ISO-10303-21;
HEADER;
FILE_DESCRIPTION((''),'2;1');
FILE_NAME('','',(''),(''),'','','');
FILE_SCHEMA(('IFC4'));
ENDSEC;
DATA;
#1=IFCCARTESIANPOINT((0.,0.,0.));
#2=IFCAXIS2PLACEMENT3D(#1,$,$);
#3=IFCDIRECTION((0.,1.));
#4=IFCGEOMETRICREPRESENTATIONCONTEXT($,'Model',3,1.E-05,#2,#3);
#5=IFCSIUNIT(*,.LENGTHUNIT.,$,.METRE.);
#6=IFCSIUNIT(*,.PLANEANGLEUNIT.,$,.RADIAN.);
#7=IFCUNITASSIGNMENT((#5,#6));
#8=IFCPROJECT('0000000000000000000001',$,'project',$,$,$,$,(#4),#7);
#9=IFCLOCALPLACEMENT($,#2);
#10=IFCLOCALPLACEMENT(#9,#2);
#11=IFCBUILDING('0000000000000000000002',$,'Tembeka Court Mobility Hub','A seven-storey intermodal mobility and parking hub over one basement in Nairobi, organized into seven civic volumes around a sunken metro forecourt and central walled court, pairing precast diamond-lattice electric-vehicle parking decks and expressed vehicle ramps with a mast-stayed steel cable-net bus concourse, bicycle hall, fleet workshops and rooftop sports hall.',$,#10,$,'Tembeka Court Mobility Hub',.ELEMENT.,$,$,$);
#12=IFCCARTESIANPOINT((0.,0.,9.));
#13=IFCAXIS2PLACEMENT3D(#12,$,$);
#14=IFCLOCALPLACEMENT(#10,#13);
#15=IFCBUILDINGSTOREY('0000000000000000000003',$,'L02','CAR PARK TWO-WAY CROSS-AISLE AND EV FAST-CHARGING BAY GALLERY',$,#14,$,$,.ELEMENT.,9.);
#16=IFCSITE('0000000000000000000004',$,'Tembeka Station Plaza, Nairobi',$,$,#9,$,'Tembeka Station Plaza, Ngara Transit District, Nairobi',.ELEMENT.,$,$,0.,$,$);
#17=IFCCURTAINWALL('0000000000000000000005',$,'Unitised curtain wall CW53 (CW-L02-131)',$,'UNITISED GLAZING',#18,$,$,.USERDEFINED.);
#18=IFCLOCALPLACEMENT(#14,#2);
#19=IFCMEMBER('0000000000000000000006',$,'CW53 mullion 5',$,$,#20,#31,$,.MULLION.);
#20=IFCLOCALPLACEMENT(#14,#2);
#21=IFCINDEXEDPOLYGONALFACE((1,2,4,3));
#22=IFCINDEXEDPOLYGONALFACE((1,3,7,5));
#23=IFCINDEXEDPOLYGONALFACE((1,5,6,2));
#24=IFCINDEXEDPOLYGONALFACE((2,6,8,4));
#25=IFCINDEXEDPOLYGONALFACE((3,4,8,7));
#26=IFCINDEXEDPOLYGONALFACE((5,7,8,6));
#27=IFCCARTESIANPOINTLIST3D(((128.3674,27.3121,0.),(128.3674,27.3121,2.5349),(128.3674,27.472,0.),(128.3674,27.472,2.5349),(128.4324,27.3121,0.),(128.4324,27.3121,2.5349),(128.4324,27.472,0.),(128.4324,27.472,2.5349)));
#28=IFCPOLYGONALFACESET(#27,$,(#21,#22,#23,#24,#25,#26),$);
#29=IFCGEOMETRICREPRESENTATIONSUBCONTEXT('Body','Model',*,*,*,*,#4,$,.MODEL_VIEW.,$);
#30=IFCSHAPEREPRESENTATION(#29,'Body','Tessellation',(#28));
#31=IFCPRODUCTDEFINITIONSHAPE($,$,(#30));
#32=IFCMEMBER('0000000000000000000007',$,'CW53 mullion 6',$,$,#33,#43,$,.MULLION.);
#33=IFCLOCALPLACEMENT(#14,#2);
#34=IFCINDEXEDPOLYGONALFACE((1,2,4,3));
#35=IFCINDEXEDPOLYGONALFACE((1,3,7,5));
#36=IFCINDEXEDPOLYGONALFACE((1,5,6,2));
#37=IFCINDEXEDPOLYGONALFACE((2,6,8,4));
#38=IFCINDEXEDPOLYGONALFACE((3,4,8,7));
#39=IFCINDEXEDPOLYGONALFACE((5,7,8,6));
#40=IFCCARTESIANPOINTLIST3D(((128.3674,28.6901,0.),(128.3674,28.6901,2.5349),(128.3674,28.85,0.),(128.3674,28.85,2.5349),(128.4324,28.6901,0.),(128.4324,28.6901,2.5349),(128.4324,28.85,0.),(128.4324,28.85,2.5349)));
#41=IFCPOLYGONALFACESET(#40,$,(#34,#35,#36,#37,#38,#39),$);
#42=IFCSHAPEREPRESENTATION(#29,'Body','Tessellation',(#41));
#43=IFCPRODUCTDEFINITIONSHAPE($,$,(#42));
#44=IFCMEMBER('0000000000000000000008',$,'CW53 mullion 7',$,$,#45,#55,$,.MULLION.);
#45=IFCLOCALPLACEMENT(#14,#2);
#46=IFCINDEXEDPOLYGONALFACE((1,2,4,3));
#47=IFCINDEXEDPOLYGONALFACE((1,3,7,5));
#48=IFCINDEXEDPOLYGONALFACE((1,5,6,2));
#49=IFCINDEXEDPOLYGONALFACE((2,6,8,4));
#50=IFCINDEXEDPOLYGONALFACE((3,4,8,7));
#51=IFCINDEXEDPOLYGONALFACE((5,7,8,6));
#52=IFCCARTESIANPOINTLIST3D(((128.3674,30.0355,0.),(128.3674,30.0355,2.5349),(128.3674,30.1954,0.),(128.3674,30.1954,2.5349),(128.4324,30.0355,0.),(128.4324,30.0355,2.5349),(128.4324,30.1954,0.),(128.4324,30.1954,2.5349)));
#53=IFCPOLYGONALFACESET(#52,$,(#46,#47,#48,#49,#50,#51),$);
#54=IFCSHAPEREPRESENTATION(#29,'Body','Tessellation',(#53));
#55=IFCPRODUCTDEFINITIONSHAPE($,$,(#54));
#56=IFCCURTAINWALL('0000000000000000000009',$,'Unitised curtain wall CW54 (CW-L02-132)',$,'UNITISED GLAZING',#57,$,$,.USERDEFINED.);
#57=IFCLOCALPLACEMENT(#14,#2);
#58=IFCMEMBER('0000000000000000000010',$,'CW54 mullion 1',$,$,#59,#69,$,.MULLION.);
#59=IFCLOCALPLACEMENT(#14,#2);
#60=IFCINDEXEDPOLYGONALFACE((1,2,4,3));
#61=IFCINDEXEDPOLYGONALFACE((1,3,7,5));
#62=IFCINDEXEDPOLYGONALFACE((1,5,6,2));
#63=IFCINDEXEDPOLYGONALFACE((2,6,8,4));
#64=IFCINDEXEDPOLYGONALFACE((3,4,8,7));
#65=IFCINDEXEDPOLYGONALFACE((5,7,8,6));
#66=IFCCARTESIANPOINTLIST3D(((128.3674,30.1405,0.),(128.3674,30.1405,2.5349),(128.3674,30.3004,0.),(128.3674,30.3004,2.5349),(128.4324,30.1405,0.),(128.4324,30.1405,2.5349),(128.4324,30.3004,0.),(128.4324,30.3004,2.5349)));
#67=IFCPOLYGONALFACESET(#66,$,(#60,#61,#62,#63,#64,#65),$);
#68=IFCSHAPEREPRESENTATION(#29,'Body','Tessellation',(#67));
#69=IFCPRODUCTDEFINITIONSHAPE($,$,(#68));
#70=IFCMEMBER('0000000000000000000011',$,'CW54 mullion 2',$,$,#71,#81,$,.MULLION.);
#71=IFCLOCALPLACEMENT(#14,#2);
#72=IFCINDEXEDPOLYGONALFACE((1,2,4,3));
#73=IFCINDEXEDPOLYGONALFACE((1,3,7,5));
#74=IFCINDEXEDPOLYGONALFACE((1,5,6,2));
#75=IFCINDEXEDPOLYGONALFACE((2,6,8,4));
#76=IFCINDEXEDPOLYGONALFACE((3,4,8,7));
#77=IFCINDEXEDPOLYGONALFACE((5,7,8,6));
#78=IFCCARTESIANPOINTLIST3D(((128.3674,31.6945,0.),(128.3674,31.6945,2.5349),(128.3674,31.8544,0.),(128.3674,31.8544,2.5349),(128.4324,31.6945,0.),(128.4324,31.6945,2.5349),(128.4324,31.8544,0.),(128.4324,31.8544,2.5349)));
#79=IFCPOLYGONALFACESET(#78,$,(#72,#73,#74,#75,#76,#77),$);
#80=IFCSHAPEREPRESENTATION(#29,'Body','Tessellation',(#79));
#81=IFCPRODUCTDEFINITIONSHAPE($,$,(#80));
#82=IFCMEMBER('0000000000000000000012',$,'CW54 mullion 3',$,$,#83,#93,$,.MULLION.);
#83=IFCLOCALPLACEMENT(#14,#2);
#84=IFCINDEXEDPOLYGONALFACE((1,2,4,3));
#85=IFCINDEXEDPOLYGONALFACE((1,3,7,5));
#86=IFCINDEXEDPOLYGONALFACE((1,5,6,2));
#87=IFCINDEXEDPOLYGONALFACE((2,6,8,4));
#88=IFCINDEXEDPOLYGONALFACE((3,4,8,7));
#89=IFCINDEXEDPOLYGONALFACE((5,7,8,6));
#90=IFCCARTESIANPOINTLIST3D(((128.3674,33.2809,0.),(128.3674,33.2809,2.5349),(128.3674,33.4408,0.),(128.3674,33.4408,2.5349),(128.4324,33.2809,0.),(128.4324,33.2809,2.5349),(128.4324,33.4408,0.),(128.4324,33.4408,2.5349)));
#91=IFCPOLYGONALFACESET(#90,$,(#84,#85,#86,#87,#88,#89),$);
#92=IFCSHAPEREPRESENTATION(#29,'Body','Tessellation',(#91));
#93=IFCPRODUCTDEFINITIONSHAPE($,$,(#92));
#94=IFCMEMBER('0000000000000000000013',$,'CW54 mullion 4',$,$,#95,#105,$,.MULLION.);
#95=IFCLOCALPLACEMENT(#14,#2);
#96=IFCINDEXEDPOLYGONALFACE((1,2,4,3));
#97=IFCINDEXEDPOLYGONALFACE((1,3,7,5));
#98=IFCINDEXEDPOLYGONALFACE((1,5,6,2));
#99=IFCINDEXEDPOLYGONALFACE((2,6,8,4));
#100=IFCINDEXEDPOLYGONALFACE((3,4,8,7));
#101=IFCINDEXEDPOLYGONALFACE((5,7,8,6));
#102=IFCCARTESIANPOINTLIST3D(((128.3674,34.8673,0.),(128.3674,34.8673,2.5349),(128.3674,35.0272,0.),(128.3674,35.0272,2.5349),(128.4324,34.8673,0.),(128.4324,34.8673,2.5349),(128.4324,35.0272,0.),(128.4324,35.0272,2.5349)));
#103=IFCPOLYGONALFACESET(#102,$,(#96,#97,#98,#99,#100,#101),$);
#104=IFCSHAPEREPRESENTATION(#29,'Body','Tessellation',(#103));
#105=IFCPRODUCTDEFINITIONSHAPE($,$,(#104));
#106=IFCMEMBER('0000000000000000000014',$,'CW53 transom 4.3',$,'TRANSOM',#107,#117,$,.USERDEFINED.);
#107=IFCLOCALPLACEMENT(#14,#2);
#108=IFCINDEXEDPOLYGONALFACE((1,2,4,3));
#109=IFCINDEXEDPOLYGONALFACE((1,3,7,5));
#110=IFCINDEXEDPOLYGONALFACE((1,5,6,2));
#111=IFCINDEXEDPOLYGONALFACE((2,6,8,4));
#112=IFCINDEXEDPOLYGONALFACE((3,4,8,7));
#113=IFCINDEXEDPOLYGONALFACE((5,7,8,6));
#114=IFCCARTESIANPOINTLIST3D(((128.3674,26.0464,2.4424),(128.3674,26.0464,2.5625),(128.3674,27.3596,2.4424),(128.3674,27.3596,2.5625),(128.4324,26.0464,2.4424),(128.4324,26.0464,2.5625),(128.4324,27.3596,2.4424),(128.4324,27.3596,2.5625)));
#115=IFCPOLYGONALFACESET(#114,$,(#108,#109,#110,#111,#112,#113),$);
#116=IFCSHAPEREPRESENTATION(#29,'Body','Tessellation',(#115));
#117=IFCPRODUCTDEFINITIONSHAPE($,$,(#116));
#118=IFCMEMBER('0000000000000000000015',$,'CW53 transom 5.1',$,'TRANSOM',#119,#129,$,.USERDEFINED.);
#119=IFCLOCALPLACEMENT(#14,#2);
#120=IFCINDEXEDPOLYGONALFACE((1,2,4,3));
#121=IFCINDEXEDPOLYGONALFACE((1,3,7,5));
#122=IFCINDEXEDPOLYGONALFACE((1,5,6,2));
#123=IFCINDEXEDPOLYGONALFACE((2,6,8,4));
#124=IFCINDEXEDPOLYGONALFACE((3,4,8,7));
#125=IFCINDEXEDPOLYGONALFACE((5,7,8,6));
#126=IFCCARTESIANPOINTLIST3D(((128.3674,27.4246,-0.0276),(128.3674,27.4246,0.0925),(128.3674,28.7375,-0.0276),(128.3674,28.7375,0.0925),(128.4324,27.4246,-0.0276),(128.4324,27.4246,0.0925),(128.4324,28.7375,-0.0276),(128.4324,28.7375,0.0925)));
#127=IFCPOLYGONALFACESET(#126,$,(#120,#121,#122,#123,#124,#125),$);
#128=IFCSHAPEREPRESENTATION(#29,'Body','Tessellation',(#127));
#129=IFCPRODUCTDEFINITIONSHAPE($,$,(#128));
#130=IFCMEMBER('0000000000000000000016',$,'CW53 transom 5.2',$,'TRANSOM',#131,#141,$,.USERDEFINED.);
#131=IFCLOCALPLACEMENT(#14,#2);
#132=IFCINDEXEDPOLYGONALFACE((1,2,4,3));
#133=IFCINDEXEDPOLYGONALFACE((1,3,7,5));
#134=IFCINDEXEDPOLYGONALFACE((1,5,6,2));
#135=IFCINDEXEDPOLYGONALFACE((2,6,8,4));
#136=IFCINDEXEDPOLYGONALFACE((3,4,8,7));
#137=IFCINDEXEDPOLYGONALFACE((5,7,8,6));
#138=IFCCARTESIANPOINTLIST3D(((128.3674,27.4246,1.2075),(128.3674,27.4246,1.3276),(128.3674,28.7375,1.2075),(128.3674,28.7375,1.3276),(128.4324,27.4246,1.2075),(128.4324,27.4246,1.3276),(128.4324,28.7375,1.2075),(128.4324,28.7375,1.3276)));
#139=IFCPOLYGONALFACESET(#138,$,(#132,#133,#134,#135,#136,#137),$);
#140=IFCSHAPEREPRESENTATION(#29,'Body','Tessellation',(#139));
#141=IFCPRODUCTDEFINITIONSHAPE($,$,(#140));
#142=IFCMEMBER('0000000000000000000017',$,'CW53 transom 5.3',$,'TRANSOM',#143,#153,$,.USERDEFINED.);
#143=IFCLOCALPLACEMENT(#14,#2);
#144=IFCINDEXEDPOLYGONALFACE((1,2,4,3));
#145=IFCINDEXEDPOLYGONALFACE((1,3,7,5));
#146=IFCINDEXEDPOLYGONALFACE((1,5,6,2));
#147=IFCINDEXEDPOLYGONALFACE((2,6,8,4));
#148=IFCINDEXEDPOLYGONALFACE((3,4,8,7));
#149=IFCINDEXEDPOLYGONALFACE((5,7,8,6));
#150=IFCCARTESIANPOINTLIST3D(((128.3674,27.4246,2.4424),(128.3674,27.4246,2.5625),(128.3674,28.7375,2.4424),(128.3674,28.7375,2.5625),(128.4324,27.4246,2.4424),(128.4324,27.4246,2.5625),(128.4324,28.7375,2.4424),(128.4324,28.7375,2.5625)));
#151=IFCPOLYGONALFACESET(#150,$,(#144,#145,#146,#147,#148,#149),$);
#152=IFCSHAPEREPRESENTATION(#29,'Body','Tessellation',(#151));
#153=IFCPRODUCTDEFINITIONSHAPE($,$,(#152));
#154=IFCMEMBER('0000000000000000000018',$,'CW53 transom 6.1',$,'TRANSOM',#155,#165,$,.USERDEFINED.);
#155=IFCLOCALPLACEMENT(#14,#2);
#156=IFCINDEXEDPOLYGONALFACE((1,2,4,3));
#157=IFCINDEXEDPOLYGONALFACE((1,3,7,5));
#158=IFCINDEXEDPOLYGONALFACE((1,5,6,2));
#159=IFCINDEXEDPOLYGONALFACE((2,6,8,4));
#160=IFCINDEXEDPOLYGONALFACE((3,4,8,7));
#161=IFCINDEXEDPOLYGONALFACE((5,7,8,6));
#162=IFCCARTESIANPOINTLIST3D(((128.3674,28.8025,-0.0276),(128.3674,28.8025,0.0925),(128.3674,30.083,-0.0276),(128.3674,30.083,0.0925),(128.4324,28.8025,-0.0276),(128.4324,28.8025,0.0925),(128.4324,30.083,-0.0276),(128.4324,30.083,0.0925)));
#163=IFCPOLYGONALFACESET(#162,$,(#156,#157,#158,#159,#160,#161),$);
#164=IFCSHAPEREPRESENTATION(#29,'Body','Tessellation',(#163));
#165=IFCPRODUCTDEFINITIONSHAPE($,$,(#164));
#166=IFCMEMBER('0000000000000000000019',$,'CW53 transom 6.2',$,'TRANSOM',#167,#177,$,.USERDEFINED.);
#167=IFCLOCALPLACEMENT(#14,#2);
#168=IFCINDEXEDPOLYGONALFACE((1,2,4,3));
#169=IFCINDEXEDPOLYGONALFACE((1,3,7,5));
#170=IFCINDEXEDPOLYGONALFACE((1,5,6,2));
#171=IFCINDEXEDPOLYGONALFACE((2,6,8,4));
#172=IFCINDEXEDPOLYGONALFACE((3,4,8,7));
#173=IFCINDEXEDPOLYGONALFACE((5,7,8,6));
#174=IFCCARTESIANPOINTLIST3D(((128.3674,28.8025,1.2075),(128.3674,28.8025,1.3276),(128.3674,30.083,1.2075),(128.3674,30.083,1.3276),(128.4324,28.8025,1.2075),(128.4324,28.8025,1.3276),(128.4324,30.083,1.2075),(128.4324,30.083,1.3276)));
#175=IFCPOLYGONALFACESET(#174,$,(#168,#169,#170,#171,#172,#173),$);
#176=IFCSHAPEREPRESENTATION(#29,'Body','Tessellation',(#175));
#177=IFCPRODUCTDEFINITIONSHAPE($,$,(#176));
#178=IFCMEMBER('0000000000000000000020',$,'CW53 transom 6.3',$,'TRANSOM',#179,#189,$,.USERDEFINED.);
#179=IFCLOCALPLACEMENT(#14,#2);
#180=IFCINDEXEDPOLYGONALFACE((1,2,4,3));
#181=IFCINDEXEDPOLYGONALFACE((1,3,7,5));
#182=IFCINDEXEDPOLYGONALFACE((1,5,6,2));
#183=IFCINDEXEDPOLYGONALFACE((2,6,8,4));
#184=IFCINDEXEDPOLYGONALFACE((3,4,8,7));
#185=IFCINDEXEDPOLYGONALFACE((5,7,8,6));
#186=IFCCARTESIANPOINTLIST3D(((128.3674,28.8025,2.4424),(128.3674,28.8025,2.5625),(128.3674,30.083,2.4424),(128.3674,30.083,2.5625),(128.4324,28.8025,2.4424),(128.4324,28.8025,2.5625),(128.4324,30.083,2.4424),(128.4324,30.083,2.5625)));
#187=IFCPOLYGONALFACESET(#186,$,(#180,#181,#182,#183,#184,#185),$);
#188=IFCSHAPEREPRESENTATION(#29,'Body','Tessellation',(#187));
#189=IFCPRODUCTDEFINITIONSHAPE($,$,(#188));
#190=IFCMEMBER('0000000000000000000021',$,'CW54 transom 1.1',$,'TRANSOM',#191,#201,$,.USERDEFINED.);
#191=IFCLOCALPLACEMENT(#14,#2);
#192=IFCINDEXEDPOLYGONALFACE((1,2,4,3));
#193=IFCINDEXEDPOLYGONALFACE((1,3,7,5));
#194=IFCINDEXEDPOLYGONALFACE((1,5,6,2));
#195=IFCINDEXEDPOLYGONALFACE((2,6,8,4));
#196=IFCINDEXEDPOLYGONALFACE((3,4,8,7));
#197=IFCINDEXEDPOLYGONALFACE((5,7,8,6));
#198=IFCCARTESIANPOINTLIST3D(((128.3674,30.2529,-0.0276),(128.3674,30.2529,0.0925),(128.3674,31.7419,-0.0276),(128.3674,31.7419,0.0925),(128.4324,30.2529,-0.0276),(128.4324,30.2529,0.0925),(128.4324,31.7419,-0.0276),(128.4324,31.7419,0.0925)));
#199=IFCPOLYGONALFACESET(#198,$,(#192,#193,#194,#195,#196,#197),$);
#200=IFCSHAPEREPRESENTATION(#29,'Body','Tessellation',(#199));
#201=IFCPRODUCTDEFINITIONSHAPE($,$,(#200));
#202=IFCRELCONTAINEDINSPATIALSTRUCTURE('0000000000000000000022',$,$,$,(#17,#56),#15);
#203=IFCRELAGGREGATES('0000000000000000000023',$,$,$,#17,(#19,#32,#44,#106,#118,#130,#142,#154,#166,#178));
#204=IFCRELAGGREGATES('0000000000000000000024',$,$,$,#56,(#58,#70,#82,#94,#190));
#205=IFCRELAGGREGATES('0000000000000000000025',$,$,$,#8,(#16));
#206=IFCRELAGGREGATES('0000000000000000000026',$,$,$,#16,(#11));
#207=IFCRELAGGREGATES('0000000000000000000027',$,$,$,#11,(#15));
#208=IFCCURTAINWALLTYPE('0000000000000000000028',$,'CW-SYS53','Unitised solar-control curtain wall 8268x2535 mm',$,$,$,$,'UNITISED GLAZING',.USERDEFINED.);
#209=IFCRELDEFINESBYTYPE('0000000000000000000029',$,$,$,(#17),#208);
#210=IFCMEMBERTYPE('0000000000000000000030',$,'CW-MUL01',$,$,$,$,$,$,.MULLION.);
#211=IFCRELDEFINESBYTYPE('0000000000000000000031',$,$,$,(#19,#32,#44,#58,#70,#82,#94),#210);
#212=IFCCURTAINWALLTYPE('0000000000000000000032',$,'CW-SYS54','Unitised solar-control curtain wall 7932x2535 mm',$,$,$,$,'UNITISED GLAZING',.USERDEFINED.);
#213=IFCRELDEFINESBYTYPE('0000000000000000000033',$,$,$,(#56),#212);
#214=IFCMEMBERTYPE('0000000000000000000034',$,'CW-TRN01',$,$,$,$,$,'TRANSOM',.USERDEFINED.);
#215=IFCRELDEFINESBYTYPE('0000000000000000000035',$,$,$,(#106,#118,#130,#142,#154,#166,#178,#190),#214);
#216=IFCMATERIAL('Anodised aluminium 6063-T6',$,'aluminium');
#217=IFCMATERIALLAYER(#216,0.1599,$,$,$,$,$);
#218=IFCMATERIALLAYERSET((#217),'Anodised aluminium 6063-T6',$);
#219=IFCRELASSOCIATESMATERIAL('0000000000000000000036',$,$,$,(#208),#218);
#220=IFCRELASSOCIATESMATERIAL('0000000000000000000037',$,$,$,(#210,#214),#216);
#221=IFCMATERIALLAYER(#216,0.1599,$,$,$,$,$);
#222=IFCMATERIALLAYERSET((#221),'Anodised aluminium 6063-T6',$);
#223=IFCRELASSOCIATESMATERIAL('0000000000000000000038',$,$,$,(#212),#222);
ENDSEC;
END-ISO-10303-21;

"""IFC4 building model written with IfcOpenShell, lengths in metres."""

from ifc_helpers import new_model, si_unit, direction, frame, origin, origin_2d, place, context, subcontext, project, spatial, rectangle, extrude, material, layer, layer_set, material_profile, profile_set, type_object, element, aggregate, save


model = new_model("IFC4")

# Units and contexts
model_context = context("Model", 3, precision=1e-05, world=origin(), true_north=direction((0.0, 1.0)))
body_context = subcontext(model_context, "Body", "Model", "MODEL_VIEW")
ifc_project = project(units=[si_unit("LENGTHUNIT", "METRE"), si_unit("PLANEANGLEUNIT", "RADIAN")], contexts=[model_context])

# Site, building, storey
site_placement = place(None, origin())
site = spatial("IfcSite", under=ifc_project, at=site_placement, Name="Tembeka Station Plaza, Nairobi", LongName="Tembeka Station Plaza, Ngara Transit District, Nairobi", CompositionType="ELEMENT", RefElevation=0.0)
building_placement = place(site_placement, origin())
building = spatial("IfcBuilding", under=site, at=building_placement, Name="Tembeka Court Mobility Hub", Description="A seven-storey intermodal mobility and parking hub over one basement in Nairobi, organized into seven civic volumes around a sunken metro forecourt and central walled court, pairing precast diamond-lattice electric-vehicle parking decks and expressed vehicle ramps with a mast-stayed steel cable-net bus concourse, bicycle hall, fleet workshops and rooftop sports hall.", LongName="Tembeka Court Mobility Hub", CompositionType="ELEMENT")
storey_placement = place(building_placement, frame((0.0, 0.0, 9.0)))
storey = spatial("IfcBuildingStorey", under=building, at=storey_placement, Name="L02", Description="CAR PARK TWO-WAY CROSS-AISLE AND EV FAST-CHARGING BAY GALLERY", CompositionType="ELEMENT", Elevation=9.0)

# Curtain walls, members
ifc_material_1 = material(Name="Anodised aluminium 6063-T6", Category="aluminium")
ifc_layer_1 = layer(ifc_material_1, 0.1599)
ifc_layer_set_1 = layer_set([ifc_layer_1], Name="Anodised aluminium 6063-T6")
curtain_wall_type_1 = type_object("IfcCurtainWallType", Name="CW-SYS53", Description="Unitised solar-control curtain wall 8268x2535 mm", ElementType="UNITISED GLAZING", PredefinedType="USERDEFINED", material=ifc_layer_set_1)
curtain_wall_1_placement = place(storey_placement, origin())
curtain_wall_1 = element("IfcCurtainWall", 1, at=curtain_wall_1_placement, inside=storey, type_object=curtain_wall_type_1, Name="Unitised curtain wall CW53 (CW-L02-131)", ObjectType="UNITISED GLAZING", PredefinedType="USERDEFINED")
ifc_material_profile_1 = material_profile(ifc_material_1, rectangle(XDim=0.0649, YDim=0.1599, at=origin_2d()), Name="ALU-MUL 65x160")
ifc_profile_set_1 = profile_set([ifc_material_profile_1], Name="Anodised aluminium 6063-T6")
member_type_1 = type_object("IfcMemberType", Name="CW-MUL01", PredefinedType="MULLION", material=ifc_profile_set_1)
member_1_placement = place(storey_placement, frame((128.3999, 27.3921, 0.0), z_axis=(0.0, 0.0, 1.0), x_axis=(-1.0, 0.0, 0.0)))
member_1 = element("IfcMember", 2, at=member_1_placement, type_object=member_type_1, Name="CW53 mullion 5", PredefinedType="MULLION", context=body_context, shape_type="SweptSolid", body=[
    extrude(rectangle(XDim=0.0649, YDim=0.1599, at=origin_2d()), origin(), (0.0, 0.0, 1.0), 2.5349),
])
member_2_placement = place(storey_placement, frame((128.3999, 28.77, 0.0), z_axis=(0.0, 0.0, 1.0), x_axis=(-1.0, 0.0, 0.0)))
member_2 = element("IfcMember", 3, at=member_2_placement, type_object=member_type_1, Name="CW53 mullion 6", PredefinedType="MULLION", context=body_context, shape_type="SweptSolid", body=[
    extrude(rectangle(XDim=0.0649, YDim=0.1599, at=origin_2d()), origin(), (0.0, 0.0, 1.0), 2.5349),
])
member_3_placement = place(storey_placement, frame((128.3999, 30.1155, 0.0), z_axis=(0.0, 0.0, 1.0), x_axis=(-1.0, 0.0, 0.0)))
member_3 = element("IfcMember", 4, at=member_3_placement, type_object=member_type_1, Name="CW53 mullion 7", PredefinedType="MULLION", context=body_context, shape_type="SweptSolid", body=[
    extrude(rectangle(XDim=0.0649, YDim=0.1599, at=origin_2d()), origin(), (0.0, 0.0, 1.0), 2.5349),
])
ifc_layer_2 = layer(ifc_material_1, 0.1599)
ifc_layer_set_2 = layer_set([ifc_layer_2], Name="Anodised aluminium 6063-T6")
curtain_wall_type_2 = type_object("IfcCurtainWallType", Name="CW-SYS54", Description="Unitised solar-control curtain wall 7932x2535 mm", ElementType="UNITISED GLAZING", PredefinedType="USERDEFINED", material=ifc_layer_set_2)
curtain_wall_2_placement = place(storey_placement, origin())
curtain_wall_2 = element("IfcCurtainWall", 5, at=curtain_wall_2_placement, inside=storey, type_object=curtain_wall_type_2, Name="Unitised curtain wall CW54 (CW-L02-132)", ObjectType="UNITISED GLAZING", PredefinedType="USERDEFINED")
member_4_placement = place(storey_placement, frame((128.3999, 30.2205, 0.0), z_axis=(0.0, 0.0, 1.0), x_axis=(-1.0, 0.0, 0.0)))
member_4 = element("IfcMember", 6, at=member_4_placement, type_object=member_type_1, Name="CW54 mullion 1", PredefinedType="MULLION", context=body_context, shape_type="SweptSolid", body=[
    extrude(rectangle(XDim=0.0649, YDim=0.1599, at=origin_2d()), origin(), (0.0, 0.0, 1.0), 2.5349),
])
member_5_placement = place(storey_placement, frame((128.3999, 31.7744, 0.0), z_axis=(0.0, 0.0, 1.0), x_axis=(-1.0, 0.0, 0.0)))
member_5 = element("IfcMember", 7, at=member_5_placement, type_object=member_type_1, Name="CW54 mullion 2", PredefinedType="MULLION", context=body_context, shape_type="SweptSolid", body=[
    extrude(rectangle(XDim=0.0649, YDim=0.1599, at=origin_2d()), origin(), (0.0, 0.0, 1.0), 2.5349),
])
member_6_placement = place(storey_placement, frame((128.3999, 33.3608, 0.0), z_axis=(0.0, 0.0, 1.0), x_axis=(-1.0, 0.0, 0.0)))
member_6 = element("IfcMember", 8, at=member_6_placement, type_object=member_type_1, Name="CW54 mullion 3", PredefinedType="MULLION", context=body_context, shape_type="SweptSolid", body=[
    extrude(rectangle(XDim=0.0649, YDim=0.1599, at=origin_2d()), origin(), (0.0, 0.0, 1.0), 2.5349),
])
member_7_placement = place(storey_placement, frame((128.3999, 34.9473, 0.0), z_axis=(0.0, 0.0, 1.0), x_axis=(-1.0, 0.0, 0.0)))
member_7 = element("IfcMember", 9, at=member_7_placement, type_object=member_type_1, Name="CW54 mullion 4", PredefinedType="MULLION", context=body_context, shape_type="SweptSolid", body=[
    extrude(rectangle(XDim=0.0649, YDim=0.1599, at=origin_2d()), origin(), (0.0, 0.0, 1.0), 2.5349),
])

# Members
ifc_material_profile_2 = material_profile(ifc_material_1, rectangle(XDim=0.0649, YDim=0.1201, at=origin_2d()), Name="ALU-TRN 65x120")
ifc_profile_set_2 = profile_set([ifc_material_profile_2], Name="Anodised aluminium 6063-T6")
member_type_2 = type_object("IfcMemberType", Name="CW-TRN01", ElementType="TRANSOM", PredefinedType="USERDEFINED", material=ifc_profile_set_2)
member_8_placement = place(storey_placement, frame((128.3999, 26.0464, 2.5024), z_axis=(0.0, 1.0, 0.0), x_axis=(-1.0, 0.0, 0.0)))
member_8 = element("IfcMember", 10, at=member_8_placement, type_object=member_type_2, Name="CW53 transom 4.3", ObjectType="TRANSOM", PredefinedType="USERDEFINED", context=body_context, shape_type="SweptSolid", body=[
    extrude(rectangle(XDim=0.0649, YDim=0.1201, at=origin_2d()), origin(), (0.0, 0.0, 1.0), 1.3132),
])
member_9_placement = place(storey_placement, frame((128.3999, 27.4246, 0.0325), z_axis=(0.0, 1.0, 0.0), x_axis=(-1.0, 0.0, 0.0)))
member_9 = element("IfcMember", 11, at=member_9_placement, type_object=member_type_2, Name="CW53 transom 5.1", ObjectType="TRANSOM", PredefinedType="USERDEFINED", context=body_context, shape_type="SweptSolid", body=[
    extrude(rectangle(XDim=0.0649, YDim=0.1201, at=origin_2d()), origin(), (0.0, 0.0, 1.0), 1.313),
])
member_10_placement = place(storey_placement, frame((128.3999, 27.4246, 1.2676), z_axis=(0.0, 1.0, 0.0), x_axis=(-1.0, 0.0, 0.0)))
member_10 = element("IfcMember", 12, at=member_10_placement, type_object=member_type_2, Name="CW53 transom 5.2", ObjectType="TRANSOM", PredefinedType="USERDEFINED", context=body_context, shape_type="SweptSolid", body=[
    extrude(rectangle(XDim=0.0649, YDim=0.1201, at=origin_2d()), origin(), (0.0, 0.0, 1.0), 1.313),
])
member_11_placement = place(storey_placement, frame((128.3999, 27.4246, 2.5024), z_axis=(0.0, 1.0, 0.0), x_axis=(-1.0, 0.0, 0.0)))
member_11 = element("IfcMember", 13, at=member_11_placement, type_object=member_type_2, Name="CW53 transom 5.3", ObjectType="TRANSOM", PredefinedType="USERDEFINED", context=body_context, shape_type="SweptSolid", body=[
    extrude(rectangle(XDim=0.0649, YDim=0.1201, at=origin_2d()), origin(), (0.0, 0.0, 1.0), 1.313),
])
member_12_placement = place(storey_placement, frame((128.3999, 28.8025, 0.0325), z_axis=(0.0, 1.0, 0.0), x_axis=(-1.0, 0.0, 0.0)))
member_12 = element("IfcMember", 14, at=member_12_placement, type_object=member_type_2, Name="CW53 transom 6.1", ObjectType="TRANSOM", PredefinedType="USERDEFINED", context=body_context, shape_type="SweptSolid", body=[
    extrude(rectangle(XDim=0.0649, YDim=0.1201, at=origin_2d()), origin(), (0.0, 0.0, 1.0), 1.2805),
])
member_13_placement = place(storey_placement, frame((128.3999, 28.8025, 1.2676), z_axis=(0.0, 1.0, 0.0), x_axis=(-1.0, 0.0, 0.0)))
member_13 = element("IfcMember", 15, at=member_13_placement, type_object=member_type_2, Name="CW53 transom 6.2", ObjectType="TRANSOM", PredefinedType="USERDEFINED", context=body_context, shape_type="SweptSolid", body=[
    extrude(rectangle(XDim=0.0649, YDim=0.1201, at=origin_2d()), origin(), (0.0, 0.0, 1.0), 1.2805),
])
member_14_placement = place(storey_placement, frame((128.3999, 28.8025, 2.5024), z_axis=(0.0, 1.0, 0.0), x_axis=(-1.0, 0.0, 0.0)))
member_14 = element("IfcMember", 16, at=member_14_placement, type_object=member_type_2, Name="CW53 transom 6.3", ObjectType="TRANSOM", PredefinedType="USERDEFINED", context=body_context, shape_type="SweptSolid", body=[
    extrude(rectangle(XDim=0.0649, YDim=0.1201, at=origin_2d()), origin(), (0.0, 0.0, 1.0), 1.2805),
])
member_15_placement = place(storey_placement, frame((128.3999, 30.2529, 0.0325), z_axis=(0.0, 1.0, 0.0), x_axis=(-1.0, 0.0, 0.0)))
member_15 = element("IfcMember", 17, at=member_15_placement, type_object=member_type_2, Name="CW54 transom 1.1", ObjectType="TRANSOM", PredefinedType="USERDEFINED", context=body_context, shape_type="SweptSolid", body=[
    extrude(rectangle(XDim=0.0649, YDim=0.1201, at=origin_2d()), origin(), (0.0, 0.0, 1.0), 1.489),
])

aggregate(curtain_wall_1, [member_1, member_2, member_3, member_8, member_9, member_10, member_11, member_12, member_13, member_14])
aggregate(curtain_wall_2, [member_4, member_5, member_6, member_7, member_15])

save(model, "model.ifc")
